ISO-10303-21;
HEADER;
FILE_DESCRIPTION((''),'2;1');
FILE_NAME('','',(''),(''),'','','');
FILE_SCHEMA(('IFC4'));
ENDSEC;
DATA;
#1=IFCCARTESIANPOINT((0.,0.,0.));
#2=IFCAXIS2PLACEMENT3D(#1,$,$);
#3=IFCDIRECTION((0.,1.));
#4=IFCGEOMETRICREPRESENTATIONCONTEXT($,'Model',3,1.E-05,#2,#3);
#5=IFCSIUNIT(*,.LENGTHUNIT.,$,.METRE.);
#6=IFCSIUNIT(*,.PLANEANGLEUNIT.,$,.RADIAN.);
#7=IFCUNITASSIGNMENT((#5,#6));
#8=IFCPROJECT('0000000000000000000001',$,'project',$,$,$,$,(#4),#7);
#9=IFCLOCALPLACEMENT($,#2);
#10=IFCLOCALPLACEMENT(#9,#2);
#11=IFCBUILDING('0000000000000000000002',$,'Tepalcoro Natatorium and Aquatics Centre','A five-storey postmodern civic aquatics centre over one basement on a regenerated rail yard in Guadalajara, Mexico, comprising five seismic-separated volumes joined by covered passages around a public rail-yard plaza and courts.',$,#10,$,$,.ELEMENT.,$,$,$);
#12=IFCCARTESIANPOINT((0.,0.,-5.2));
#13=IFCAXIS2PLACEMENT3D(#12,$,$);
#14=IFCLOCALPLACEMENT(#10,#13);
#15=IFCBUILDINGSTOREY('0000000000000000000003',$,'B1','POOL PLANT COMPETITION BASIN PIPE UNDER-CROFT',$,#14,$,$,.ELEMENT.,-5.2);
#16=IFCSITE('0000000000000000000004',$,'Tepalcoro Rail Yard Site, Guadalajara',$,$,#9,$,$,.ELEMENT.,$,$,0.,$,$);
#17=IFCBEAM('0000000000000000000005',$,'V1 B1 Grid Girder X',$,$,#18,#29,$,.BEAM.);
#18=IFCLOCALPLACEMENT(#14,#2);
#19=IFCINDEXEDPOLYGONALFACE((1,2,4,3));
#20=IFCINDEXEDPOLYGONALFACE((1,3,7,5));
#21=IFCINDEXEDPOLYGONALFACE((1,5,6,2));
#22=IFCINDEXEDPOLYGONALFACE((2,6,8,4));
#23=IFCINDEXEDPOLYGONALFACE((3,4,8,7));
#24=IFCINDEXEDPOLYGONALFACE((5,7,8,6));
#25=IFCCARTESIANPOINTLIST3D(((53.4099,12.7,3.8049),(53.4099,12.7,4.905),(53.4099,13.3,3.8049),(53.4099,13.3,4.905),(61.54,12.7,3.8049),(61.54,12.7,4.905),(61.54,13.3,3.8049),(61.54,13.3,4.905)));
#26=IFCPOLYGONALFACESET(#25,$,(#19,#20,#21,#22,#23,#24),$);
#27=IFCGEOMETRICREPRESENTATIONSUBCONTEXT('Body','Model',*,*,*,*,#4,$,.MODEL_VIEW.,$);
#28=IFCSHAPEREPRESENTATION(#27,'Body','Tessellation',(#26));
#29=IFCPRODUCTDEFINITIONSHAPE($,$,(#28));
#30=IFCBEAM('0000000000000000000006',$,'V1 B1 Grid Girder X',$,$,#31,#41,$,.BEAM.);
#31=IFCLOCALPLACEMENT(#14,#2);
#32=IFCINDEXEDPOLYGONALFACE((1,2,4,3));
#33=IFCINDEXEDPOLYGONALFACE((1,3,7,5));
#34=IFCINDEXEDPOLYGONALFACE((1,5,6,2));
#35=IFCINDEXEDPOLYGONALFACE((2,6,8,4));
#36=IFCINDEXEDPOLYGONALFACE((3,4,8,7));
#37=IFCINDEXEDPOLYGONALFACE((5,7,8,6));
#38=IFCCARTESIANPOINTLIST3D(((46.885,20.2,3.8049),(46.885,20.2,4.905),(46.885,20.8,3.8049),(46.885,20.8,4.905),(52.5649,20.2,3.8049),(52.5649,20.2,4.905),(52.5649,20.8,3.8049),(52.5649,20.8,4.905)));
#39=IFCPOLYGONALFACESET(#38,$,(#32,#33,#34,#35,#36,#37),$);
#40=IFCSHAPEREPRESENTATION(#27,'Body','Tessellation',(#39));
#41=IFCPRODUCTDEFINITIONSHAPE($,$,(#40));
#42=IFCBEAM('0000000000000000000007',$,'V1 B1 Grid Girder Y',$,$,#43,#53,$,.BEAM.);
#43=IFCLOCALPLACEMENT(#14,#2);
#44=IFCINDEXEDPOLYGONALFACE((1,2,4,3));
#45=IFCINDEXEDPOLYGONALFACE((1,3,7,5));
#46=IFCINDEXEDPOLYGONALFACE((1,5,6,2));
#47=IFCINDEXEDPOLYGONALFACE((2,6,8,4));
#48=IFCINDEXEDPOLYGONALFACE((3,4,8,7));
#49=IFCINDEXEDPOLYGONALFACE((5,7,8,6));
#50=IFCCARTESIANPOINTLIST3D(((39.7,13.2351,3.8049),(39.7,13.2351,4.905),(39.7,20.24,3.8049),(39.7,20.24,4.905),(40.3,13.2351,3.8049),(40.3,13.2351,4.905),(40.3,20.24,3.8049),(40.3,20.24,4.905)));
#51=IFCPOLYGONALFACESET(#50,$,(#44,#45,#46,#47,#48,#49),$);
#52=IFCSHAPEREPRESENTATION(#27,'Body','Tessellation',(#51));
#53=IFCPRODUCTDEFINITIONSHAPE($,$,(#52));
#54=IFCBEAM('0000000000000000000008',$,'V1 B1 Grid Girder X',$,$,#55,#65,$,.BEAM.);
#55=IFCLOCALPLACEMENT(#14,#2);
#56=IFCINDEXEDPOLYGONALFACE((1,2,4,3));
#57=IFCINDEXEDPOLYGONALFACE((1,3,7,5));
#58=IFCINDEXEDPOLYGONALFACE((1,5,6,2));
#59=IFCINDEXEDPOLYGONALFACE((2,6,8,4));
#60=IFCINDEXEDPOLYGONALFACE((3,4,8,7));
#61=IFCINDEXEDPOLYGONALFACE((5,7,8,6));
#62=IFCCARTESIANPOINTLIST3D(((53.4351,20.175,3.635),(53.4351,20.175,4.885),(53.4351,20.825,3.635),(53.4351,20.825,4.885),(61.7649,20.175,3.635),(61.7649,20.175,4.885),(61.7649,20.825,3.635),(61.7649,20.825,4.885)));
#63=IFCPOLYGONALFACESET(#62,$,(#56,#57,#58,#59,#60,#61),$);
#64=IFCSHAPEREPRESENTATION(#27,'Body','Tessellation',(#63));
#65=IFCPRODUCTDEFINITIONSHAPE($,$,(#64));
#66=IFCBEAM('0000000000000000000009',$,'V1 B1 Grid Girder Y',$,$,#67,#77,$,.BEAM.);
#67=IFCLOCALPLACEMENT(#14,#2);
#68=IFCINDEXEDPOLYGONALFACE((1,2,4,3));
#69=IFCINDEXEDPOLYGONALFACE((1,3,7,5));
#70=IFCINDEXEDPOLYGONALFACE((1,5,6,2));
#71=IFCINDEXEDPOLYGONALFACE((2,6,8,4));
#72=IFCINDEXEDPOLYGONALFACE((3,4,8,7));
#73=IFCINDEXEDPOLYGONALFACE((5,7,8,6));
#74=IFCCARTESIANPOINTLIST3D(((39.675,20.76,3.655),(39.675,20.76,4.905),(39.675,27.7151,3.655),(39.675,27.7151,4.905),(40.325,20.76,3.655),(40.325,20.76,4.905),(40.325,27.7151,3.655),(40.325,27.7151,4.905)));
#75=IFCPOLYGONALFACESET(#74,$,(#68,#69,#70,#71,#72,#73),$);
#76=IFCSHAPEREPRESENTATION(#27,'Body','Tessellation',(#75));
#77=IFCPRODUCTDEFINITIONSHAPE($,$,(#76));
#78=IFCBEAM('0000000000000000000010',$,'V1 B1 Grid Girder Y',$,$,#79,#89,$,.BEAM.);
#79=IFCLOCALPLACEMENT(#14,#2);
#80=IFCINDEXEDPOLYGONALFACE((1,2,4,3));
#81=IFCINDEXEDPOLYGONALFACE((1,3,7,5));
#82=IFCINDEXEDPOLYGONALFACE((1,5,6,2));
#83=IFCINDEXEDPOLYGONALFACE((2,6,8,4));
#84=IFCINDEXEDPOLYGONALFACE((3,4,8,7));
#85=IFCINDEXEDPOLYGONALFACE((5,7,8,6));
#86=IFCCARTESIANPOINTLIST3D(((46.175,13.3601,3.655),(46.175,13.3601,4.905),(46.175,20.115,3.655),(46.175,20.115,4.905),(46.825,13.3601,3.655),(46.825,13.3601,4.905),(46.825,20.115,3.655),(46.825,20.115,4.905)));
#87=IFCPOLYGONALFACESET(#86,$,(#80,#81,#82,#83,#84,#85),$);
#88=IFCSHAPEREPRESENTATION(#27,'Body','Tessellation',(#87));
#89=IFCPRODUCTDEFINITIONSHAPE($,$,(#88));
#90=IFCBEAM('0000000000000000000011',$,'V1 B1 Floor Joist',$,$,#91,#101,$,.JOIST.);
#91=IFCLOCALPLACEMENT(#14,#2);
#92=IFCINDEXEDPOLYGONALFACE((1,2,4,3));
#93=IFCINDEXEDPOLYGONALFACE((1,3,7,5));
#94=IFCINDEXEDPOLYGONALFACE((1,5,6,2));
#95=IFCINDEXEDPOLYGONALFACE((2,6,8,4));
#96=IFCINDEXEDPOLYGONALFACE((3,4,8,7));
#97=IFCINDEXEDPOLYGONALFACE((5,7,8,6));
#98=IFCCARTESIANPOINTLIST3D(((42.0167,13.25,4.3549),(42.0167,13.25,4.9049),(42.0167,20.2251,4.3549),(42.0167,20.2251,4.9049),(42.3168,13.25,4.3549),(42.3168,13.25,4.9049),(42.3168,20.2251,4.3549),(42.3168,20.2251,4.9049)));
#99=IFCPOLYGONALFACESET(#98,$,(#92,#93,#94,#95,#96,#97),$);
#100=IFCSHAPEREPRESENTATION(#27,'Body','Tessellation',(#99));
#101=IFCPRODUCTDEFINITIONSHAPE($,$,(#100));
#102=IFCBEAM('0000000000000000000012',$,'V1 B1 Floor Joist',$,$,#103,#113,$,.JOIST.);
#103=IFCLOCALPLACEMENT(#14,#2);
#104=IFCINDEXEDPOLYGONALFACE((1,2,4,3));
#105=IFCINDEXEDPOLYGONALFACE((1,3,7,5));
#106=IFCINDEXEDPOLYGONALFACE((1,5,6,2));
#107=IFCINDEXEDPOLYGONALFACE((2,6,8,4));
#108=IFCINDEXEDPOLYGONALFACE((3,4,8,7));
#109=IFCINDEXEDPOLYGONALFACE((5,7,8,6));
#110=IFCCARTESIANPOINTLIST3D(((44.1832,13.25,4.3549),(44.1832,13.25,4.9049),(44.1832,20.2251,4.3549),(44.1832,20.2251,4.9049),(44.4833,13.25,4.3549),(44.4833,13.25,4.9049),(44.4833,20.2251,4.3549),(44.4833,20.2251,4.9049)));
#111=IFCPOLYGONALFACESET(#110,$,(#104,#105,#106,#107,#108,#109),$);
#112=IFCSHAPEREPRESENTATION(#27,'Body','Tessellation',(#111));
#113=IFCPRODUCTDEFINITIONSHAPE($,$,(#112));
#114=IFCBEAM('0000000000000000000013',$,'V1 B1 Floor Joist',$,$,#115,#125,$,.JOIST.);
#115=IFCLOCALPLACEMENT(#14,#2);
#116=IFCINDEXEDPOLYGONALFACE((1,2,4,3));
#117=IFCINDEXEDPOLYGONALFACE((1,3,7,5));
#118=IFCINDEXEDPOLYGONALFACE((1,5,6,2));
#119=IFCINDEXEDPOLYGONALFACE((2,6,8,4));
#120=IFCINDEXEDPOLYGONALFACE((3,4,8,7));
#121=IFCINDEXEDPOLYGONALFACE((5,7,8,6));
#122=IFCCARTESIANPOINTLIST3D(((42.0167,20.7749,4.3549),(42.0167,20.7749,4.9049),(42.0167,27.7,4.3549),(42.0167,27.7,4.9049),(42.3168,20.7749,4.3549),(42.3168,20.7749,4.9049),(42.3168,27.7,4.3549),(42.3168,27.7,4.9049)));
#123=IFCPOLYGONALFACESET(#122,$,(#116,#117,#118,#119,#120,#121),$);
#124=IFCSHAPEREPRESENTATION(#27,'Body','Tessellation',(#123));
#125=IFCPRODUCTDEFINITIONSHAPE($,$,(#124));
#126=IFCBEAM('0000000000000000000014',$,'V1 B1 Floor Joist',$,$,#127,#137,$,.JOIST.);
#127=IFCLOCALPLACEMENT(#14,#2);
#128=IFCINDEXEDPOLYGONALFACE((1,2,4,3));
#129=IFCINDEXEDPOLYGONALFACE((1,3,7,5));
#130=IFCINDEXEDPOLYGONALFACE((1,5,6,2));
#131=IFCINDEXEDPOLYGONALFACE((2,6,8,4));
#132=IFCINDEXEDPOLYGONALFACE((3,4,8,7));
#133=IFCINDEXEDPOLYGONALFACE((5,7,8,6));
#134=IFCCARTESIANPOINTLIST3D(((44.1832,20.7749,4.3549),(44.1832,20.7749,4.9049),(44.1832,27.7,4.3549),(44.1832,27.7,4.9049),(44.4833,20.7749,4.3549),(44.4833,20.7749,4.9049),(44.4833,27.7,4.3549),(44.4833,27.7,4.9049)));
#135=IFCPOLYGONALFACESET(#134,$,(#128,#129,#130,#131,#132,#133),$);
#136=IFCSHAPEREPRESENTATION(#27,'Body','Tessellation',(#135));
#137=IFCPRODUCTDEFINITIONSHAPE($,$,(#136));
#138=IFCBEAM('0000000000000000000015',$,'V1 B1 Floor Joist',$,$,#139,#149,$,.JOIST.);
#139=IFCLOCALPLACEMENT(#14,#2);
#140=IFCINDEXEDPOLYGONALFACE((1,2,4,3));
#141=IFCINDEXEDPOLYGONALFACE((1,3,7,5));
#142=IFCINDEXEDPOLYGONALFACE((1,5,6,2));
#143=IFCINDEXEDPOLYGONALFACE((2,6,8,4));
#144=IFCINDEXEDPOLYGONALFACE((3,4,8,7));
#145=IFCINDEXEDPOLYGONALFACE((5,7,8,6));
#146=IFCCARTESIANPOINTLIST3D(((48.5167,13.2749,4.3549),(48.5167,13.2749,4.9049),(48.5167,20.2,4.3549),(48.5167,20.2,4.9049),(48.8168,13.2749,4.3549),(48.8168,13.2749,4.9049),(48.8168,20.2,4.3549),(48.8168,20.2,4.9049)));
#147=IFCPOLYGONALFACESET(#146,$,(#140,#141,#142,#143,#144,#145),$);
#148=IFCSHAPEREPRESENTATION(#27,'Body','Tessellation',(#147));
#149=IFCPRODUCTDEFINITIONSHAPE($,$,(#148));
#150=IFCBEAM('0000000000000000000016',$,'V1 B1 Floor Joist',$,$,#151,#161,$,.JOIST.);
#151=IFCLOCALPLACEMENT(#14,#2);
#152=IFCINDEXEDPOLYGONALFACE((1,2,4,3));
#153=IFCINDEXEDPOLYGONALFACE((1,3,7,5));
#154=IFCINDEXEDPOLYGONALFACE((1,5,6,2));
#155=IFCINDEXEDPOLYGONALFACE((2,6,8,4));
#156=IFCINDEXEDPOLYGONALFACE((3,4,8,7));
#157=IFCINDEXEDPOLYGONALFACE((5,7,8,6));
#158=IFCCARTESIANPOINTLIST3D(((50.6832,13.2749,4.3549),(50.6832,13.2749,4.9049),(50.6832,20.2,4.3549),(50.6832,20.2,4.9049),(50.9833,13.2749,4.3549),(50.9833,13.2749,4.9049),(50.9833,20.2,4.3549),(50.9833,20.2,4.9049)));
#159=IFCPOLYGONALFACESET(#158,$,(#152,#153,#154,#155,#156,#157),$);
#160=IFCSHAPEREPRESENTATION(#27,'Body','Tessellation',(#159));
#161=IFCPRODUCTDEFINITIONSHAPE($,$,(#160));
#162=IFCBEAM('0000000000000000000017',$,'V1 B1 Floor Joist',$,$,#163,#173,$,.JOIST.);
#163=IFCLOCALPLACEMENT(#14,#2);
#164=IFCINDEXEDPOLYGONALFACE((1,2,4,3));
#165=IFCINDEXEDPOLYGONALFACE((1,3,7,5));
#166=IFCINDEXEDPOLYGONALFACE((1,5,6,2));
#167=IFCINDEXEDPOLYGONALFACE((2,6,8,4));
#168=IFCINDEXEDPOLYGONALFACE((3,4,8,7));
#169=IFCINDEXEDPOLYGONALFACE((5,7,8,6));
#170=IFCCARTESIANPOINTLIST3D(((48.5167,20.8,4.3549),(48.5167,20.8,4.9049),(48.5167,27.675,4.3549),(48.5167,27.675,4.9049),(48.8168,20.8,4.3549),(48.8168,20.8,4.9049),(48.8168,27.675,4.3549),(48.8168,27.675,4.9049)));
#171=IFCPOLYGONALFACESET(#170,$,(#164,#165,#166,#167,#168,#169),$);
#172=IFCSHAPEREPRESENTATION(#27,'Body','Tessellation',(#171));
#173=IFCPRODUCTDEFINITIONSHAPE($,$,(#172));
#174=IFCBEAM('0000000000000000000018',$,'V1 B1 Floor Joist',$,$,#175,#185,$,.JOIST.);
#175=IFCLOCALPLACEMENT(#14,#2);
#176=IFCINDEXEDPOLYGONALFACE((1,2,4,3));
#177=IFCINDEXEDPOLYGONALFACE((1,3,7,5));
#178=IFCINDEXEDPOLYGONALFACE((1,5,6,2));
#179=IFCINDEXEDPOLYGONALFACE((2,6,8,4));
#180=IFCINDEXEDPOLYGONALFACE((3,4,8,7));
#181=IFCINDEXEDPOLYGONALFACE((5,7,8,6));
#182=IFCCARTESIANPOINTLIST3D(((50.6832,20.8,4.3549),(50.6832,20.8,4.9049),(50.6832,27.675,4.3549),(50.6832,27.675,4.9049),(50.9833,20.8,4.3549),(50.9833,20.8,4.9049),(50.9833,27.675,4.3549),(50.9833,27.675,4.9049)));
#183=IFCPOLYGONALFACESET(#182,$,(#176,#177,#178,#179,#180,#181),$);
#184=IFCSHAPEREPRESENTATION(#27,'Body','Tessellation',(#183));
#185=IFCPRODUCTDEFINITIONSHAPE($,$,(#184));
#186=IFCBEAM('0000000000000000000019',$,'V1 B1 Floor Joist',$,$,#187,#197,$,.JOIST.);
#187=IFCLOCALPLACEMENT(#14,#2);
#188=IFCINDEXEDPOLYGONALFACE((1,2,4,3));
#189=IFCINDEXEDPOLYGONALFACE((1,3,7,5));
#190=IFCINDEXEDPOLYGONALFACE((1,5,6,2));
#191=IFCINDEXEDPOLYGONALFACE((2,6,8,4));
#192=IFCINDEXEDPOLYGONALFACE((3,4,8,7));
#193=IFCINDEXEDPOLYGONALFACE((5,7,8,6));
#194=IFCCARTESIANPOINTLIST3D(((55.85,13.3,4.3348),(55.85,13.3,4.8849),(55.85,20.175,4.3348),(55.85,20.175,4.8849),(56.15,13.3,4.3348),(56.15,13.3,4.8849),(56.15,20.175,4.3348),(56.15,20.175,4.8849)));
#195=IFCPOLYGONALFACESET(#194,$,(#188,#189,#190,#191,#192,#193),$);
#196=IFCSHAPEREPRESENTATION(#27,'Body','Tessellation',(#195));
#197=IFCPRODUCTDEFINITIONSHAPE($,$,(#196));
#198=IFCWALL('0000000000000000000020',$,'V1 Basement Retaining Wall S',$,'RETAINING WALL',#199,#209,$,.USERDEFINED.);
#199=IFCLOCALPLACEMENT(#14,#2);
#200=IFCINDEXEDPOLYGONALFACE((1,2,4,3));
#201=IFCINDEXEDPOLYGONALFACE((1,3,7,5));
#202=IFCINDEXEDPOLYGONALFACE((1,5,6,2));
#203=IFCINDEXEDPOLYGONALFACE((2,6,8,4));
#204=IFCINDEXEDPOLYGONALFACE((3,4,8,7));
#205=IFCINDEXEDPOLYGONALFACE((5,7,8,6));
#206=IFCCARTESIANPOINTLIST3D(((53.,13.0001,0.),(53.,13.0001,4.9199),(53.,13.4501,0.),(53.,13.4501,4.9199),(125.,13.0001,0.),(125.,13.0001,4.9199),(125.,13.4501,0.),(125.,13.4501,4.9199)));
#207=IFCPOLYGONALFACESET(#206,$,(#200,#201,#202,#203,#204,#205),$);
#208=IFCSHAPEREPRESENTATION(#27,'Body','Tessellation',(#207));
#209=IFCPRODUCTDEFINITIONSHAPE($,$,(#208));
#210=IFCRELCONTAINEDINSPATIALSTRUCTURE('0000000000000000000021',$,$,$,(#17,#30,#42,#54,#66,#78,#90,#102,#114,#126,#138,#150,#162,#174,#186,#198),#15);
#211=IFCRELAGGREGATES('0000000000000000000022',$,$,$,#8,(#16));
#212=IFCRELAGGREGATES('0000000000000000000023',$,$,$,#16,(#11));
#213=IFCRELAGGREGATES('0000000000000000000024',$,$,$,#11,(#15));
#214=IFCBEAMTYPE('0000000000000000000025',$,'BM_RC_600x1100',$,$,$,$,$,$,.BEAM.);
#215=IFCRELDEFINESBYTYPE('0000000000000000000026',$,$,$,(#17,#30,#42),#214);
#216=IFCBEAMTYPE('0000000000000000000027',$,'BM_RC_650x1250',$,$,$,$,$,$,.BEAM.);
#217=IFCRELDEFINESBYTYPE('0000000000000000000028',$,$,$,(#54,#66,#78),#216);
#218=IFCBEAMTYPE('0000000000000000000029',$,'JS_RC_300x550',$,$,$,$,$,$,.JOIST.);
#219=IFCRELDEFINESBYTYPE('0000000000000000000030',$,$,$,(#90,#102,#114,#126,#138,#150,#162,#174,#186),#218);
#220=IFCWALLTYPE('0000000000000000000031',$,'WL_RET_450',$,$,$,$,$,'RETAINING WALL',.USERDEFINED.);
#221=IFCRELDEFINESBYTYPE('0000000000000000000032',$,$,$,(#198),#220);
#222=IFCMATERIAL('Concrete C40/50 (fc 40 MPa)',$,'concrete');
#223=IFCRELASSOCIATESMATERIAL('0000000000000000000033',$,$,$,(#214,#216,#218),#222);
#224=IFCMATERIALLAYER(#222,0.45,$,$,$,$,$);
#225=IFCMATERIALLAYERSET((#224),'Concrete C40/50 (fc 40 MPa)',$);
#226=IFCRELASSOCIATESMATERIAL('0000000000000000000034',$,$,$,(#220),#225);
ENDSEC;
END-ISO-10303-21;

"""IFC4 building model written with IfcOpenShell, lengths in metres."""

from ifc_helpers import new_model, si_unit, direction, frame, frame_2d, origin, origin_2d, place, context, subcontext, project, spatial, rectangle, extrude, material, layer, layer_set, material_profile, profile_set, type_object, element, save


model = new_model("IFC4")

# Units and contexts
model_context = context("Model", 3, precision=1e-05, world=origin(), true_north=direction((0.0, 1.0)))
body_context = subcontext(model_context, "Body", "Model", "MODEL_VIEW")
ifc_project = project(units=[si_unit("LENGTHUNIT", "METRE"), si_unit("PLANEANGLEUNIT", "RADIAN")], contexts=[model_context])

# Site, building, storey
site_placement = place(None, origin())
site = spatial("IfcSite", under=ifc_project, at=site_placement, Name="Tepalcoro Rail Yard Site, Guadalajara", CompositionType="ELEMENT", RefElevation=0.0)
building_placement = place(site_placement, origin())
building = spatial("IfcBuilding", under=site, at=building_placement, Name="Tepalcoro Natatorium and Aquatics Centre", Description="A five-storey postmodern civic aquatics centre over one basement on a regenerated rail yard in Guadalajara, Mexico, comprising five seismic-separated volumes joined by covered passages around a public rail-yard plaza and courts.", CompositionType="ELEMENT")
storey_placement = place(building_placement, frame((0.0, 0.0, -5.2)))
storey = spatial("IfcBuildingStorey", under=building, at=storey_placement, Name="B1", Description="POOL PLANT COMPETITION BASIN PIPE UNDER-CROFT", CompositionType="ELEMENT", Elevation=-5.2)

# Shared definitions
ifc_material_1 = material(Name="Concrete C40/50 (fc 40 MPa)", Category="concrete")

# Beams
ifc_material_profile_1 = material_profile(ifc_material_1, rectangle(XDim=0.6001, YDim=1.1001, at=origin_2d()), Name="RCB600x1100")
ifc_profile_set_1 = profile_set([ifc_material_profile_1], Name="Concrete C40/50 (fc 40 MPa)")
beam_type_1 = type_object("IfcBeamType", Name="BM_RC_600x1100", PredefinedType="BEAM", material=ifc_profile_set_1)
beam_1_placement = place(storey_placement, frame((53.4099, 13.0, 4.355), z_axis=(1.0, 0.0, 0.0), x_axis=(0.0, 1.0, 0.0)))
element("IfcBeam", 1, at=beam_1_placement, inside=storey, type_object=beam_type_1, Name="V1 B1 Grid Girder X", PredefinedType="BEAM", context=body_context, shape_type="SweptSolid", body=[
    extrude(rectangle(XDim=0.6001, YDim=1.1001, at=origin_2d()), origin(), (0.0, 0.0, 1.0), 8.1301),
])
beam_2_placement = place(storey_placement, frame((46.885, 20.5, 4.355), z_axis=(1.0, 0.0, 0.0), x_axis=(0.0, 1.0, 0.0)))
element("IfcBeam", 2, at=beam_2_placement, inside=storey, type_object=beam_type_1, Name="V1 B1 Grid Girder X", PredefinedType="BEAM", context=body_context, shape_type="SweptSolid", body=[
    extrude(rectangle(XDim=0.6001, YDim=1.1001, at=origin_2d()), origin(), (0.0, 0.0, 1.0), 5.6799),
])
beam_3_placement = place(storey_placement, frame((40.0, 13.2351, 4.355), z_axis=(0.0, 1.0, 0.0), x_axis=(-1.0, 0.0, 0.0)))
element("IfcBeam", 3, at=beam_3_placement, inside=storey, type_object=beam_type_1, Name="V1 B1 Grid Girder Y", PredefinedType="BEAM", context=body_context, shape_type="SweptSolid", body=[
    extrude(rectangle(XDim=0.6001, YDim=1.1001, at=origin_2d()), origin(), (0.0, 0.0, 1.0), 7.0049),
])
ifc_material_profile_2 = material_profile(ifc_material_1, rectangle(XDim=0.6499, YDim=1.25, at=origin_2d()), Name="RCB650x1250")
ifc_profile_set_2 = profile_set([ifc_material_profile_2], Name="Concrete C40/50 (fc 40 MPa)")
beam_type_2 = type_object("IfcBeamType", Name="BM_RC_650x1250", PredefinedType="BEAM", material=ifc_profile_set_2)
beam_4_placement = place(storey_placement, frame((53.4351, 20.5, 4.26), z_axis=(1.0, 0.0, 0.0), x_axis=(0.0, 1.0, 0.0)))
element("IfcBeam", 4, at=beam_4_placement, inside=storey, type_object=beam_type_2, Name="V1 B1 Grid Girder X", PredefinedType="BEAM", context=body_context, shape_type="SweptSolid", body=[
    extrude(rectangle(XDim=0.6499, YDim=1.25, at=origin_2d()), origin(), (0.0, 0.0, 1.0), 8.3298),
])
beam_5_placement = place(storey_placement, frame((40.0, 20.76, 4.28), z_axis=(0.0, 1.0, 0.0), x_axis=(-1.0, 0.0, 0.0)))
element("IfcBeam", 5, at=beam_5_placement, inside=storey, type_object=beam_type_2, Name="V1 B1 Grid Girder Y", PredefinedType="BEAM", context=body_context, shape_type="SweptSolid", body=[
    extrude(rectangle(XDim=0.6499, YDim=1.25, at=origin_2d()), origin(), (0.0, 0.0, 1.0), 6.9551),
])
beam_6_placement = place(storey_placement, frame((46.5, 13.3601, 4.28), z_axis=(0.0, 1.0, 0.0), x_axis=(-1.0, 0.0, 0.0)))
element("IfcBeam", 6, at=beam_6_placement, inside=storey, type_object=beam_type_2, Name="V1 B1 Grid Girder Y", PredefinedType="BEAM", context=body_context, shape_type="SweptSolid", body=[
    extrude(rectangle(XDim=0.6499, YDim=1.25, at=origin_2d()), origin(), (0.0, 0.0, 1.0), 6.7549),
])
ifc_material_profile_3 = material_profile(ifc_material_1, rectangle(XDim=0.3, YDim=0.55, at=origin_2d()), Name="RCJ300x550")
ifc_profile_set_3 = profile_set([ifc_material_profile_3], Name="Concrete C40/50 (fc 40 MPa)")
beam_type_3 = type_object("IfcBeamType", Name="JS_RC_300x550", PredefinedType="JOIST", material=ifc_profile_set_3)
for number, where, z_axis, x_axis, name in (
    (7, (42.1667, 13.25, 4.6299), (0.0, 1.0, 0.0), (-1.0, 0.0, 0.0), "V1 B1 Floor Joist"),
    (8, (44.3333, 13.25, 4.6299), (0.0, 1.0, 0.0), (-1.0, 0.0, 0.0), "V1 B1 Floor Joist"),
):
    element("IfcBeam", number, at=place(storey_placement, frame(where, z_axis=z_axis, x_axis=x_axis)), inside=storey, type_object=beam_type_3, Name=name, PredefinedType="JOIST", context=body_context, shape_type="SweptSolid", body=[
        extrude(rectangle(XDim=0.3, YDim=0.55, at=origin_2d()), origin(), (0.0, 0.0, 1.0), 6.9751),
    ])
for number, where, z_axis, x_axis, name in (
    (9, (42.1667, 20.7749, 4.6299), (0.0, 1.0, 0.0), (-1.0, 0.0, 0.0), "V1 B1 Floor Joist"),
    (10, (44.3333, 20.7749, 4.6299), (0.0, 1.0, 0.0), (-1.0, 0.0, 0.0), "V1 B1 Floor Joist"),
    (11, (48.6667, 13.2749, 4.6299), (0.0, 1.0, 0.0), (-1.0, 0.0, 0.0), "V1 B1 Floor Joist"),
    (12, (50.8333, 13.2749, 4.6299), (0.0, 1.0, 0.0), (-1.0, 0.0, 0.0), "V1 B1 Floor Joist"),
):
    element("IfcBeam", number, at=place(storey_placement, frame(where, z_axis=z_axis, x_axis=x_axis)), inside=storey, type_object=beam_type_3, Name=name, PredefinedType="JOIST", context=body_context, shape_type="SweptSolid", body=[
        extrude(rectangle(XDim=0.3, YDim=0.55, at=origin_2d()), origin(), (0.0, 0.0, 1.0), 6.925),
    ])
for number, where, z_axis, x_axis, name in (
    (13, (48.6667, 20.8, 4.6299), (0.0, 1.0, 0.0), (-1.0, 0.0, 0.0), "V1 B1 Floor Joist"),
    (14, (50.8333, 20.8, 4.6299), (0.0, 1.0, 0.0), (-1.0, 0.0, 0.0), "V1 B1 Floor Joist"),
    (15, (56.0, 13.3, 4.6099), (0.0, 1.0, 0.0), (-1.0, 0.0, 0.0), "V1 B1 Floor Joist"),
):
    element("IfcBeam", number, at=place(storey_placement, frame(where, z_axis=z_axis, x_axis=x_axis)), inside=storey, type_object=beam_type_3, Name=name, PredefinedType="JOIST", context=body_context, shape_type="SweptSolid", body=[
        extrude(rectangle(XDim=0.3, YDim=0.55, at=origin_2d()), origin(), (0.0, 0.0, 1.0), 6.875),
    ])

# Wall
ifc_layer_1 = layer(ifc_material_1, 0.45)
ifc_layer_set_1 = layer_set([ifc_layer_1], Name="Concrete C40/50 (fc 40 MPa)")
wall_type_1 = type_object("IfcWallType", Name="WL_RET_450", ElementType="RETAINING WALL", PredefinedType="USERDEFINED", material=ifc_layer_set_1)
wall_1_placement = place(storey_placement, frame((53.0, 13.2251, 0.0), z_axis=(0.0, 0.0, 1.0), x_axis=(1.0, 0.0, 0.0)))
element("IfcWall", 16, at=wall_1_placement, inside=storey, type_object=wall_type_1, Name="V1 Basement Retaining Wall S", ObjectType="RETAINING WALL", PredefinedType="USERDEFINED", context=body_context, shape_type="SweptSolid", body=[
    extrude(rectangle(XDim=72.0, YDim=0.45, at=frame_2d((36.0, 0.0))), origin(), (0.0, 0.0, 1.0), 4.9199),
])

save(model, "model.ifc")
